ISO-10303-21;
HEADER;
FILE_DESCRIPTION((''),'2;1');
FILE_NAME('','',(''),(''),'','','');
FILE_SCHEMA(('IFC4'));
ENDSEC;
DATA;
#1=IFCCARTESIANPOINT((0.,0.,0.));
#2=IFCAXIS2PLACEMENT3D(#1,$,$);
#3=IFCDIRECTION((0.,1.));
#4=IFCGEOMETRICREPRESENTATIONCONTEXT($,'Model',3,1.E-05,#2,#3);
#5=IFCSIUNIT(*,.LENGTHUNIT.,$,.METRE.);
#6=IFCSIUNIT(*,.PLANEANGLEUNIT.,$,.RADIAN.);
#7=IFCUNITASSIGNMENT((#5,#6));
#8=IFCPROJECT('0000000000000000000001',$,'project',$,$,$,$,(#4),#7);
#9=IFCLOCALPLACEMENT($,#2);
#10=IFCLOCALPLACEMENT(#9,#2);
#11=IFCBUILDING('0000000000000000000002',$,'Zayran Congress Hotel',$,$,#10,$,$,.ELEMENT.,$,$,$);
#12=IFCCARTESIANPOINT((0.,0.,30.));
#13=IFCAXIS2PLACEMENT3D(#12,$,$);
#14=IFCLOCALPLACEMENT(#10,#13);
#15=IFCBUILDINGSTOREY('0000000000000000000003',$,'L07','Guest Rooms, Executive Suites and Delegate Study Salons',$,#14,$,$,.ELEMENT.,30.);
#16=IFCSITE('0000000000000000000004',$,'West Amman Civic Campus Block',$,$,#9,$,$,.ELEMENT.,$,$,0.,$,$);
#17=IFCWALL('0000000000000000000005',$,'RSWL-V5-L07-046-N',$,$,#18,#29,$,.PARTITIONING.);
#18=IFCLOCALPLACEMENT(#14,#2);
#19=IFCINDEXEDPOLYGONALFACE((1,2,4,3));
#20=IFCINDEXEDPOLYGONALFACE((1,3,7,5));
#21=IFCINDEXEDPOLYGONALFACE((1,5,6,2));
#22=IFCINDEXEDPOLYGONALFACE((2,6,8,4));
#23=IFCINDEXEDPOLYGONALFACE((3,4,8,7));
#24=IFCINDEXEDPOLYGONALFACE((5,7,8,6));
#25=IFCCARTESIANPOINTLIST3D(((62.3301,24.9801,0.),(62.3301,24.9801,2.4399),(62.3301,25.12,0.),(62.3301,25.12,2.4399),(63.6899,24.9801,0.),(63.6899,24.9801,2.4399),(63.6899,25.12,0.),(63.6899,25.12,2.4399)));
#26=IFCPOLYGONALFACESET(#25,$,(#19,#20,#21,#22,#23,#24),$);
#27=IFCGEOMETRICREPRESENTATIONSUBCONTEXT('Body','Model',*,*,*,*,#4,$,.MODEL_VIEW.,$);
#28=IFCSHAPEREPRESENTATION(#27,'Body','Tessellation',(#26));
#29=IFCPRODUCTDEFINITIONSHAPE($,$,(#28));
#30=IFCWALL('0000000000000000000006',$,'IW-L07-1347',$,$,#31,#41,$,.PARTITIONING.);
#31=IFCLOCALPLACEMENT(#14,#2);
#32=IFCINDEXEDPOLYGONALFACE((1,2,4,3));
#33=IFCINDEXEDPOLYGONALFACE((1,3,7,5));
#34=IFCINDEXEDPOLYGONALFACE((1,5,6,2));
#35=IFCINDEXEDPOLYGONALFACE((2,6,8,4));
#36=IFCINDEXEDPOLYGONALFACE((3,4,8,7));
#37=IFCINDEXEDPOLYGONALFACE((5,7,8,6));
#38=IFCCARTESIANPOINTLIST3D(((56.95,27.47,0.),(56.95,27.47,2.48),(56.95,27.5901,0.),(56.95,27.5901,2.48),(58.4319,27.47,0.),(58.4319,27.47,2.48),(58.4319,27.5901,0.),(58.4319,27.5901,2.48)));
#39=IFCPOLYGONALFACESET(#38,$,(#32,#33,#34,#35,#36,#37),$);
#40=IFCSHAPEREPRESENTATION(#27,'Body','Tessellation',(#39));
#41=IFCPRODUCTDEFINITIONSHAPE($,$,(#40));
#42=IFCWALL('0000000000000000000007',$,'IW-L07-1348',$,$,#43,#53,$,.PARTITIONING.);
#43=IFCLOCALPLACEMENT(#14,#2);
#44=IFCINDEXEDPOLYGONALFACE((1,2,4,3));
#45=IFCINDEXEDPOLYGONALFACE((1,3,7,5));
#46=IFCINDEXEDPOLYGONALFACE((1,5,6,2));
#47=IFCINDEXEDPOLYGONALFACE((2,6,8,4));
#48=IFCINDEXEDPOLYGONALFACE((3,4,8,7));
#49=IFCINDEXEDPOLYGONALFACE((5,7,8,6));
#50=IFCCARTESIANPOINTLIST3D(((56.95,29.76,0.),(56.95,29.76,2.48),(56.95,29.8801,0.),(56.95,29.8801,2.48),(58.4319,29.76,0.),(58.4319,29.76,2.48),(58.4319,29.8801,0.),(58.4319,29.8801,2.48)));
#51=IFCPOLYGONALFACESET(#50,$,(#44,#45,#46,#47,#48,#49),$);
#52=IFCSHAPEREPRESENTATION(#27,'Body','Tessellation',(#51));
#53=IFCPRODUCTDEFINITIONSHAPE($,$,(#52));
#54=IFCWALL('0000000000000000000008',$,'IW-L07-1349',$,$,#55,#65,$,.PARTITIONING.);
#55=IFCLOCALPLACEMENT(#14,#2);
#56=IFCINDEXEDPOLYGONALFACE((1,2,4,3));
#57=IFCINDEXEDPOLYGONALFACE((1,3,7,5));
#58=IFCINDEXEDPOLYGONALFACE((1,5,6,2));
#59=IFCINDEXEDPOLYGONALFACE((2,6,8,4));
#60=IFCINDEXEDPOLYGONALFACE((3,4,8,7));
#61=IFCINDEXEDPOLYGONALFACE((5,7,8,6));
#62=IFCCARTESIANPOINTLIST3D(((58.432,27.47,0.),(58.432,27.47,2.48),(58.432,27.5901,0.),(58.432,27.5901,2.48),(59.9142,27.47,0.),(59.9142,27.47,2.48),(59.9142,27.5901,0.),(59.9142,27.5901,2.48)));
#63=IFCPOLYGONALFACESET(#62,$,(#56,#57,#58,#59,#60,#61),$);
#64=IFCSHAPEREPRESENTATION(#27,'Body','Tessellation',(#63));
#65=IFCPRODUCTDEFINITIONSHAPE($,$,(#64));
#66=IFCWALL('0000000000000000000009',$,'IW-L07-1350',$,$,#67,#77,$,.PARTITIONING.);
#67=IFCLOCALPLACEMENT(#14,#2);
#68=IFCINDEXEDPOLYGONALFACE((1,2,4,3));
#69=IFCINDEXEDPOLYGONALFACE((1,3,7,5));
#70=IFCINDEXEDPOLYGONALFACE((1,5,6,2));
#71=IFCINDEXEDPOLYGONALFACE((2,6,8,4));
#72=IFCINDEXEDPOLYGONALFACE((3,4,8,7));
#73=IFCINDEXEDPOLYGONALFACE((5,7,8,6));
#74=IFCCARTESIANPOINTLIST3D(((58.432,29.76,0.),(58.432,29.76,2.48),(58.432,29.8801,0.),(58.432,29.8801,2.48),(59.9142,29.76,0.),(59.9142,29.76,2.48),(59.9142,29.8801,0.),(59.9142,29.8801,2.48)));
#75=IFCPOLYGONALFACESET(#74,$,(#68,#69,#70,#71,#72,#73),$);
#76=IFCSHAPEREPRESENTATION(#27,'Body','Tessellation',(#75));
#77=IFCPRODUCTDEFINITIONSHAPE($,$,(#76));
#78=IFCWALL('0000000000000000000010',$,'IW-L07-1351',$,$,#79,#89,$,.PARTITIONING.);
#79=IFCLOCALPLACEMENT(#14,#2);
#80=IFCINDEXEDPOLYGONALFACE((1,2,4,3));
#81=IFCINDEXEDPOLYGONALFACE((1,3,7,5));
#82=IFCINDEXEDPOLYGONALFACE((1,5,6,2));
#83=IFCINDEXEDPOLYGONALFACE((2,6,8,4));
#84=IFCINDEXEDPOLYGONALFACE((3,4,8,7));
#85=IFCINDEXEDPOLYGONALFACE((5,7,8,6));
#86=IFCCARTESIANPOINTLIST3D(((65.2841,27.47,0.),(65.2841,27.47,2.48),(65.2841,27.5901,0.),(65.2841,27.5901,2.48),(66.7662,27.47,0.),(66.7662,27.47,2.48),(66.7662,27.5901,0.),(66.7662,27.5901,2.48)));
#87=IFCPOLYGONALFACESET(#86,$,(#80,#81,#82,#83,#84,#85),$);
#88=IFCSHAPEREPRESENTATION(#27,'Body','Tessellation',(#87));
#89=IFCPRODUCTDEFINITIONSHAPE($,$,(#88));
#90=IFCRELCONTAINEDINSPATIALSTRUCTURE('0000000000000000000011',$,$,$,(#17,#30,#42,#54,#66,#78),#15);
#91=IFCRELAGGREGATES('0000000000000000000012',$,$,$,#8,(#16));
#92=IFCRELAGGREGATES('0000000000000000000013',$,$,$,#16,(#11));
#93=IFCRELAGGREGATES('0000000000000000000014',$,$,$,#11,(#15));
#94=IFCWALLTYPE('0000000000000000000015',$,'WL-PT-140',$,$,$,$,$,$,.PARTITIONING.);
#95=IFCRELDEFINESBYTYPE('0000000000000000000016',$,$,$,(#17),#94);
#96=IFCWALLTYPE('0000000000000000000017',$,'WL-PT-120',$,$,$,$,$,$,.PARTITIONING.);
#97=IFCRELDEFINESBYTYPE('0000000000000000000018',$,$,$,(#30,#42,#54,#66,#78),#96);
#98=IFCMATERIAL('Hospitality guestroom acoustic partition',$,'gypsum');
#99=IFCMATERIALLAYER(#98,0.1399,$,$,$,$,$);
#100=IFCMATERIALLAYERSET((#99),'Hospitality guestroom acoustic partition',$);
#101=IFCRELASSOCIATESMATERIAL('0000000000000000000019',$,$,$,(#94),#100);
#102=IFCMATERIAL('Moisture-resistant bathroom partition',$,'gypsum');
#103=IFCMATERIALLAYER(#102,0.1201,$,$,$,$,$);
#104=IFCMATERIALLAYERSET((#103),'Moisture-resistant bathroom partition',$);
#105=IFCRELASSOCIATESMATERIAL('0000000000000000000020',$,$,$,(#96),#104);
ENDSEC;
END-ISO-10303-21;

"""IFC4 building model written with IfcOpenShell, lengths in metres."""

from ifc_helpers import new_model, si_unit, direction, frame, frame_2d, origin, place, context, subcontext, project, spatial, rectangle, extrude, material, layer, layer_set, type_object, element, save


model = new_model("IFC4")

# Units and contexts
model_context = context("Model", 3, precision=1e-05, world=origin(), true_north=direction((0.0, 1.0)))
body_context = subcontext(model_context, "Body", "Model", "MODEL_VIEW")
ifc_project = project(units=[si_unit("LENGTHUNIT", "METRE"), si_unit("PLANEANGLEUNIT", "RADIAN")], contexts=[model_context])

# Site, building, storey
site_placement = place(None, origin())
site = spatial("IfcSite", under=ifc_project, at=site_placement, Name="West Amman Civic Campus Block", CompositionType="ELEMENT", RefElevation=0.0)
building_placement = place(site_placement, origin())
building = spatial("IfcBuilding", under=site, at=building_placement, Name="Zayran Congress Hotel", CompositionType="ELEMENT")
storey_placement = place(building_placement, frame((0.0, 0.0, 30.0)))
storey = spatial("IfcBuildingStorey", under=building, at=storey_placement, Name="L07", Description="Guest Rooms, Executive Suites and Delegate Study Salons", CompositionType="ELEMENT", Elevation=30.0)

# Shared definitions
ifc_material_1 = material(Name="Hospitality guestroom acoustic partition", Category="gypsum")
ifc_layer_1 = layer(ifc_material_1, 0.1399)
ifc_layer_set_1 = layer_set([ifc_layer_1], Name="Hospitality guestroom acoustic partition")
wall_type_1 = type_object("IfcWallType", Name="WL-PT-140", PredefinedType="PARTITIONING", material=ifc_layer_set_1)

# Wall
wall_1_placement = place(storey_placement, frame((63.6899, 25.05, 0.0), z_axis=(0.0, 0.0, 1.0), x_axis=(-1.0, 0.0, 0.0)))
element("IfcWall", 1, at=wall_1_placement, inside=storey, type_object=wall_type_1, Name="RSWL-V5-L07-046-N", PredefinedType="PARTITIONING", context=body_context, shape_type="SweptSolid", body=[
    extrude(rectangle(XDim=1.3599, YDim=0.1399, at=frame_2d((0.6799, 0.0))), origin(), (0.0, 0.0, 1.0), 2.4399),
])

# Shared definitions
ifc_material_2 = material(Name="Moisture-resistant bathroom partition", Category="gypsum")
ifc_layer_2 = layer(ifc_material_2, 0.1201)
ifc_layer_set_2 = layer_set([ifc_layer_2], Name="Moisture-resistant bathroom partition")
wall_type_2 = type_object("IfcWallType", Name="WL-PT-120", PredefinedType="PARTITIONING", material=ifc_layer_set_2)

# Walls
for number, where, z_axis, x_axis, name in (
    (2, (56.95, 27.53, 0.0), (0.0, 0.0, 1.0), (1.0, 0.0, 0.0), "IW-L07-1347"),
    (3, (56.95, 29.8201, 0.0), (0.0, 0.0, 1.0), (1.0, 0.0, 0.0), "IW-L07-1348"),
):
    element("IfcWall", number, at=place(storey_placement, frame(where, z_axis=z_axis, x_axis=x_axis)), inside=storey, type_object=wall_type_2, Name=name, PredefinedType="PARTITIONING", context=body_context, shape_type="SweptSolid", body=[
        extrude(rectangle(XDim=1.4819, YDim=0.1201, at=frame_2d((0.741, 0.0))), origin(), (0.0, 0.0, 1.0), 2.48),
    ])
for number, where, z_axis, x_axis, name in (
    (4, (58.4319, 27.53, 0.0), (0.0, 0.0, 1.0), (1.0, 0.0, 0.0), "IW-L07-1349"),
    (5, (58.4319, 29.8201, 0.0), (0.0, 0.0, 1.0), (1.0, 0.0, 0.0), "IW-L07-1350"),
    (6, (65.2839, 27.53, 0.0), (0.0, 0.0, 1.0), (1.0, 0.0, 0.0), "IW-L07-1351"),
):
    element("IfcWall", number, at=place(storey_placement, frame(where, z_axis=z_axis, x_axis=x_axis)), inside=storey, type_object=wall_type_2, Name=name, PredefinedType="PARTITIONING", context=body_context, shape_type="SweptSolid", body=[
        extrude(rectangle(XDim=1.4822, YDim=0.1201, at=frame_2d((0.7412, 0.0))), origin(), (0.0, 0.0, 1.0), 2.48),
    ])

save(model, "model.ifc")
